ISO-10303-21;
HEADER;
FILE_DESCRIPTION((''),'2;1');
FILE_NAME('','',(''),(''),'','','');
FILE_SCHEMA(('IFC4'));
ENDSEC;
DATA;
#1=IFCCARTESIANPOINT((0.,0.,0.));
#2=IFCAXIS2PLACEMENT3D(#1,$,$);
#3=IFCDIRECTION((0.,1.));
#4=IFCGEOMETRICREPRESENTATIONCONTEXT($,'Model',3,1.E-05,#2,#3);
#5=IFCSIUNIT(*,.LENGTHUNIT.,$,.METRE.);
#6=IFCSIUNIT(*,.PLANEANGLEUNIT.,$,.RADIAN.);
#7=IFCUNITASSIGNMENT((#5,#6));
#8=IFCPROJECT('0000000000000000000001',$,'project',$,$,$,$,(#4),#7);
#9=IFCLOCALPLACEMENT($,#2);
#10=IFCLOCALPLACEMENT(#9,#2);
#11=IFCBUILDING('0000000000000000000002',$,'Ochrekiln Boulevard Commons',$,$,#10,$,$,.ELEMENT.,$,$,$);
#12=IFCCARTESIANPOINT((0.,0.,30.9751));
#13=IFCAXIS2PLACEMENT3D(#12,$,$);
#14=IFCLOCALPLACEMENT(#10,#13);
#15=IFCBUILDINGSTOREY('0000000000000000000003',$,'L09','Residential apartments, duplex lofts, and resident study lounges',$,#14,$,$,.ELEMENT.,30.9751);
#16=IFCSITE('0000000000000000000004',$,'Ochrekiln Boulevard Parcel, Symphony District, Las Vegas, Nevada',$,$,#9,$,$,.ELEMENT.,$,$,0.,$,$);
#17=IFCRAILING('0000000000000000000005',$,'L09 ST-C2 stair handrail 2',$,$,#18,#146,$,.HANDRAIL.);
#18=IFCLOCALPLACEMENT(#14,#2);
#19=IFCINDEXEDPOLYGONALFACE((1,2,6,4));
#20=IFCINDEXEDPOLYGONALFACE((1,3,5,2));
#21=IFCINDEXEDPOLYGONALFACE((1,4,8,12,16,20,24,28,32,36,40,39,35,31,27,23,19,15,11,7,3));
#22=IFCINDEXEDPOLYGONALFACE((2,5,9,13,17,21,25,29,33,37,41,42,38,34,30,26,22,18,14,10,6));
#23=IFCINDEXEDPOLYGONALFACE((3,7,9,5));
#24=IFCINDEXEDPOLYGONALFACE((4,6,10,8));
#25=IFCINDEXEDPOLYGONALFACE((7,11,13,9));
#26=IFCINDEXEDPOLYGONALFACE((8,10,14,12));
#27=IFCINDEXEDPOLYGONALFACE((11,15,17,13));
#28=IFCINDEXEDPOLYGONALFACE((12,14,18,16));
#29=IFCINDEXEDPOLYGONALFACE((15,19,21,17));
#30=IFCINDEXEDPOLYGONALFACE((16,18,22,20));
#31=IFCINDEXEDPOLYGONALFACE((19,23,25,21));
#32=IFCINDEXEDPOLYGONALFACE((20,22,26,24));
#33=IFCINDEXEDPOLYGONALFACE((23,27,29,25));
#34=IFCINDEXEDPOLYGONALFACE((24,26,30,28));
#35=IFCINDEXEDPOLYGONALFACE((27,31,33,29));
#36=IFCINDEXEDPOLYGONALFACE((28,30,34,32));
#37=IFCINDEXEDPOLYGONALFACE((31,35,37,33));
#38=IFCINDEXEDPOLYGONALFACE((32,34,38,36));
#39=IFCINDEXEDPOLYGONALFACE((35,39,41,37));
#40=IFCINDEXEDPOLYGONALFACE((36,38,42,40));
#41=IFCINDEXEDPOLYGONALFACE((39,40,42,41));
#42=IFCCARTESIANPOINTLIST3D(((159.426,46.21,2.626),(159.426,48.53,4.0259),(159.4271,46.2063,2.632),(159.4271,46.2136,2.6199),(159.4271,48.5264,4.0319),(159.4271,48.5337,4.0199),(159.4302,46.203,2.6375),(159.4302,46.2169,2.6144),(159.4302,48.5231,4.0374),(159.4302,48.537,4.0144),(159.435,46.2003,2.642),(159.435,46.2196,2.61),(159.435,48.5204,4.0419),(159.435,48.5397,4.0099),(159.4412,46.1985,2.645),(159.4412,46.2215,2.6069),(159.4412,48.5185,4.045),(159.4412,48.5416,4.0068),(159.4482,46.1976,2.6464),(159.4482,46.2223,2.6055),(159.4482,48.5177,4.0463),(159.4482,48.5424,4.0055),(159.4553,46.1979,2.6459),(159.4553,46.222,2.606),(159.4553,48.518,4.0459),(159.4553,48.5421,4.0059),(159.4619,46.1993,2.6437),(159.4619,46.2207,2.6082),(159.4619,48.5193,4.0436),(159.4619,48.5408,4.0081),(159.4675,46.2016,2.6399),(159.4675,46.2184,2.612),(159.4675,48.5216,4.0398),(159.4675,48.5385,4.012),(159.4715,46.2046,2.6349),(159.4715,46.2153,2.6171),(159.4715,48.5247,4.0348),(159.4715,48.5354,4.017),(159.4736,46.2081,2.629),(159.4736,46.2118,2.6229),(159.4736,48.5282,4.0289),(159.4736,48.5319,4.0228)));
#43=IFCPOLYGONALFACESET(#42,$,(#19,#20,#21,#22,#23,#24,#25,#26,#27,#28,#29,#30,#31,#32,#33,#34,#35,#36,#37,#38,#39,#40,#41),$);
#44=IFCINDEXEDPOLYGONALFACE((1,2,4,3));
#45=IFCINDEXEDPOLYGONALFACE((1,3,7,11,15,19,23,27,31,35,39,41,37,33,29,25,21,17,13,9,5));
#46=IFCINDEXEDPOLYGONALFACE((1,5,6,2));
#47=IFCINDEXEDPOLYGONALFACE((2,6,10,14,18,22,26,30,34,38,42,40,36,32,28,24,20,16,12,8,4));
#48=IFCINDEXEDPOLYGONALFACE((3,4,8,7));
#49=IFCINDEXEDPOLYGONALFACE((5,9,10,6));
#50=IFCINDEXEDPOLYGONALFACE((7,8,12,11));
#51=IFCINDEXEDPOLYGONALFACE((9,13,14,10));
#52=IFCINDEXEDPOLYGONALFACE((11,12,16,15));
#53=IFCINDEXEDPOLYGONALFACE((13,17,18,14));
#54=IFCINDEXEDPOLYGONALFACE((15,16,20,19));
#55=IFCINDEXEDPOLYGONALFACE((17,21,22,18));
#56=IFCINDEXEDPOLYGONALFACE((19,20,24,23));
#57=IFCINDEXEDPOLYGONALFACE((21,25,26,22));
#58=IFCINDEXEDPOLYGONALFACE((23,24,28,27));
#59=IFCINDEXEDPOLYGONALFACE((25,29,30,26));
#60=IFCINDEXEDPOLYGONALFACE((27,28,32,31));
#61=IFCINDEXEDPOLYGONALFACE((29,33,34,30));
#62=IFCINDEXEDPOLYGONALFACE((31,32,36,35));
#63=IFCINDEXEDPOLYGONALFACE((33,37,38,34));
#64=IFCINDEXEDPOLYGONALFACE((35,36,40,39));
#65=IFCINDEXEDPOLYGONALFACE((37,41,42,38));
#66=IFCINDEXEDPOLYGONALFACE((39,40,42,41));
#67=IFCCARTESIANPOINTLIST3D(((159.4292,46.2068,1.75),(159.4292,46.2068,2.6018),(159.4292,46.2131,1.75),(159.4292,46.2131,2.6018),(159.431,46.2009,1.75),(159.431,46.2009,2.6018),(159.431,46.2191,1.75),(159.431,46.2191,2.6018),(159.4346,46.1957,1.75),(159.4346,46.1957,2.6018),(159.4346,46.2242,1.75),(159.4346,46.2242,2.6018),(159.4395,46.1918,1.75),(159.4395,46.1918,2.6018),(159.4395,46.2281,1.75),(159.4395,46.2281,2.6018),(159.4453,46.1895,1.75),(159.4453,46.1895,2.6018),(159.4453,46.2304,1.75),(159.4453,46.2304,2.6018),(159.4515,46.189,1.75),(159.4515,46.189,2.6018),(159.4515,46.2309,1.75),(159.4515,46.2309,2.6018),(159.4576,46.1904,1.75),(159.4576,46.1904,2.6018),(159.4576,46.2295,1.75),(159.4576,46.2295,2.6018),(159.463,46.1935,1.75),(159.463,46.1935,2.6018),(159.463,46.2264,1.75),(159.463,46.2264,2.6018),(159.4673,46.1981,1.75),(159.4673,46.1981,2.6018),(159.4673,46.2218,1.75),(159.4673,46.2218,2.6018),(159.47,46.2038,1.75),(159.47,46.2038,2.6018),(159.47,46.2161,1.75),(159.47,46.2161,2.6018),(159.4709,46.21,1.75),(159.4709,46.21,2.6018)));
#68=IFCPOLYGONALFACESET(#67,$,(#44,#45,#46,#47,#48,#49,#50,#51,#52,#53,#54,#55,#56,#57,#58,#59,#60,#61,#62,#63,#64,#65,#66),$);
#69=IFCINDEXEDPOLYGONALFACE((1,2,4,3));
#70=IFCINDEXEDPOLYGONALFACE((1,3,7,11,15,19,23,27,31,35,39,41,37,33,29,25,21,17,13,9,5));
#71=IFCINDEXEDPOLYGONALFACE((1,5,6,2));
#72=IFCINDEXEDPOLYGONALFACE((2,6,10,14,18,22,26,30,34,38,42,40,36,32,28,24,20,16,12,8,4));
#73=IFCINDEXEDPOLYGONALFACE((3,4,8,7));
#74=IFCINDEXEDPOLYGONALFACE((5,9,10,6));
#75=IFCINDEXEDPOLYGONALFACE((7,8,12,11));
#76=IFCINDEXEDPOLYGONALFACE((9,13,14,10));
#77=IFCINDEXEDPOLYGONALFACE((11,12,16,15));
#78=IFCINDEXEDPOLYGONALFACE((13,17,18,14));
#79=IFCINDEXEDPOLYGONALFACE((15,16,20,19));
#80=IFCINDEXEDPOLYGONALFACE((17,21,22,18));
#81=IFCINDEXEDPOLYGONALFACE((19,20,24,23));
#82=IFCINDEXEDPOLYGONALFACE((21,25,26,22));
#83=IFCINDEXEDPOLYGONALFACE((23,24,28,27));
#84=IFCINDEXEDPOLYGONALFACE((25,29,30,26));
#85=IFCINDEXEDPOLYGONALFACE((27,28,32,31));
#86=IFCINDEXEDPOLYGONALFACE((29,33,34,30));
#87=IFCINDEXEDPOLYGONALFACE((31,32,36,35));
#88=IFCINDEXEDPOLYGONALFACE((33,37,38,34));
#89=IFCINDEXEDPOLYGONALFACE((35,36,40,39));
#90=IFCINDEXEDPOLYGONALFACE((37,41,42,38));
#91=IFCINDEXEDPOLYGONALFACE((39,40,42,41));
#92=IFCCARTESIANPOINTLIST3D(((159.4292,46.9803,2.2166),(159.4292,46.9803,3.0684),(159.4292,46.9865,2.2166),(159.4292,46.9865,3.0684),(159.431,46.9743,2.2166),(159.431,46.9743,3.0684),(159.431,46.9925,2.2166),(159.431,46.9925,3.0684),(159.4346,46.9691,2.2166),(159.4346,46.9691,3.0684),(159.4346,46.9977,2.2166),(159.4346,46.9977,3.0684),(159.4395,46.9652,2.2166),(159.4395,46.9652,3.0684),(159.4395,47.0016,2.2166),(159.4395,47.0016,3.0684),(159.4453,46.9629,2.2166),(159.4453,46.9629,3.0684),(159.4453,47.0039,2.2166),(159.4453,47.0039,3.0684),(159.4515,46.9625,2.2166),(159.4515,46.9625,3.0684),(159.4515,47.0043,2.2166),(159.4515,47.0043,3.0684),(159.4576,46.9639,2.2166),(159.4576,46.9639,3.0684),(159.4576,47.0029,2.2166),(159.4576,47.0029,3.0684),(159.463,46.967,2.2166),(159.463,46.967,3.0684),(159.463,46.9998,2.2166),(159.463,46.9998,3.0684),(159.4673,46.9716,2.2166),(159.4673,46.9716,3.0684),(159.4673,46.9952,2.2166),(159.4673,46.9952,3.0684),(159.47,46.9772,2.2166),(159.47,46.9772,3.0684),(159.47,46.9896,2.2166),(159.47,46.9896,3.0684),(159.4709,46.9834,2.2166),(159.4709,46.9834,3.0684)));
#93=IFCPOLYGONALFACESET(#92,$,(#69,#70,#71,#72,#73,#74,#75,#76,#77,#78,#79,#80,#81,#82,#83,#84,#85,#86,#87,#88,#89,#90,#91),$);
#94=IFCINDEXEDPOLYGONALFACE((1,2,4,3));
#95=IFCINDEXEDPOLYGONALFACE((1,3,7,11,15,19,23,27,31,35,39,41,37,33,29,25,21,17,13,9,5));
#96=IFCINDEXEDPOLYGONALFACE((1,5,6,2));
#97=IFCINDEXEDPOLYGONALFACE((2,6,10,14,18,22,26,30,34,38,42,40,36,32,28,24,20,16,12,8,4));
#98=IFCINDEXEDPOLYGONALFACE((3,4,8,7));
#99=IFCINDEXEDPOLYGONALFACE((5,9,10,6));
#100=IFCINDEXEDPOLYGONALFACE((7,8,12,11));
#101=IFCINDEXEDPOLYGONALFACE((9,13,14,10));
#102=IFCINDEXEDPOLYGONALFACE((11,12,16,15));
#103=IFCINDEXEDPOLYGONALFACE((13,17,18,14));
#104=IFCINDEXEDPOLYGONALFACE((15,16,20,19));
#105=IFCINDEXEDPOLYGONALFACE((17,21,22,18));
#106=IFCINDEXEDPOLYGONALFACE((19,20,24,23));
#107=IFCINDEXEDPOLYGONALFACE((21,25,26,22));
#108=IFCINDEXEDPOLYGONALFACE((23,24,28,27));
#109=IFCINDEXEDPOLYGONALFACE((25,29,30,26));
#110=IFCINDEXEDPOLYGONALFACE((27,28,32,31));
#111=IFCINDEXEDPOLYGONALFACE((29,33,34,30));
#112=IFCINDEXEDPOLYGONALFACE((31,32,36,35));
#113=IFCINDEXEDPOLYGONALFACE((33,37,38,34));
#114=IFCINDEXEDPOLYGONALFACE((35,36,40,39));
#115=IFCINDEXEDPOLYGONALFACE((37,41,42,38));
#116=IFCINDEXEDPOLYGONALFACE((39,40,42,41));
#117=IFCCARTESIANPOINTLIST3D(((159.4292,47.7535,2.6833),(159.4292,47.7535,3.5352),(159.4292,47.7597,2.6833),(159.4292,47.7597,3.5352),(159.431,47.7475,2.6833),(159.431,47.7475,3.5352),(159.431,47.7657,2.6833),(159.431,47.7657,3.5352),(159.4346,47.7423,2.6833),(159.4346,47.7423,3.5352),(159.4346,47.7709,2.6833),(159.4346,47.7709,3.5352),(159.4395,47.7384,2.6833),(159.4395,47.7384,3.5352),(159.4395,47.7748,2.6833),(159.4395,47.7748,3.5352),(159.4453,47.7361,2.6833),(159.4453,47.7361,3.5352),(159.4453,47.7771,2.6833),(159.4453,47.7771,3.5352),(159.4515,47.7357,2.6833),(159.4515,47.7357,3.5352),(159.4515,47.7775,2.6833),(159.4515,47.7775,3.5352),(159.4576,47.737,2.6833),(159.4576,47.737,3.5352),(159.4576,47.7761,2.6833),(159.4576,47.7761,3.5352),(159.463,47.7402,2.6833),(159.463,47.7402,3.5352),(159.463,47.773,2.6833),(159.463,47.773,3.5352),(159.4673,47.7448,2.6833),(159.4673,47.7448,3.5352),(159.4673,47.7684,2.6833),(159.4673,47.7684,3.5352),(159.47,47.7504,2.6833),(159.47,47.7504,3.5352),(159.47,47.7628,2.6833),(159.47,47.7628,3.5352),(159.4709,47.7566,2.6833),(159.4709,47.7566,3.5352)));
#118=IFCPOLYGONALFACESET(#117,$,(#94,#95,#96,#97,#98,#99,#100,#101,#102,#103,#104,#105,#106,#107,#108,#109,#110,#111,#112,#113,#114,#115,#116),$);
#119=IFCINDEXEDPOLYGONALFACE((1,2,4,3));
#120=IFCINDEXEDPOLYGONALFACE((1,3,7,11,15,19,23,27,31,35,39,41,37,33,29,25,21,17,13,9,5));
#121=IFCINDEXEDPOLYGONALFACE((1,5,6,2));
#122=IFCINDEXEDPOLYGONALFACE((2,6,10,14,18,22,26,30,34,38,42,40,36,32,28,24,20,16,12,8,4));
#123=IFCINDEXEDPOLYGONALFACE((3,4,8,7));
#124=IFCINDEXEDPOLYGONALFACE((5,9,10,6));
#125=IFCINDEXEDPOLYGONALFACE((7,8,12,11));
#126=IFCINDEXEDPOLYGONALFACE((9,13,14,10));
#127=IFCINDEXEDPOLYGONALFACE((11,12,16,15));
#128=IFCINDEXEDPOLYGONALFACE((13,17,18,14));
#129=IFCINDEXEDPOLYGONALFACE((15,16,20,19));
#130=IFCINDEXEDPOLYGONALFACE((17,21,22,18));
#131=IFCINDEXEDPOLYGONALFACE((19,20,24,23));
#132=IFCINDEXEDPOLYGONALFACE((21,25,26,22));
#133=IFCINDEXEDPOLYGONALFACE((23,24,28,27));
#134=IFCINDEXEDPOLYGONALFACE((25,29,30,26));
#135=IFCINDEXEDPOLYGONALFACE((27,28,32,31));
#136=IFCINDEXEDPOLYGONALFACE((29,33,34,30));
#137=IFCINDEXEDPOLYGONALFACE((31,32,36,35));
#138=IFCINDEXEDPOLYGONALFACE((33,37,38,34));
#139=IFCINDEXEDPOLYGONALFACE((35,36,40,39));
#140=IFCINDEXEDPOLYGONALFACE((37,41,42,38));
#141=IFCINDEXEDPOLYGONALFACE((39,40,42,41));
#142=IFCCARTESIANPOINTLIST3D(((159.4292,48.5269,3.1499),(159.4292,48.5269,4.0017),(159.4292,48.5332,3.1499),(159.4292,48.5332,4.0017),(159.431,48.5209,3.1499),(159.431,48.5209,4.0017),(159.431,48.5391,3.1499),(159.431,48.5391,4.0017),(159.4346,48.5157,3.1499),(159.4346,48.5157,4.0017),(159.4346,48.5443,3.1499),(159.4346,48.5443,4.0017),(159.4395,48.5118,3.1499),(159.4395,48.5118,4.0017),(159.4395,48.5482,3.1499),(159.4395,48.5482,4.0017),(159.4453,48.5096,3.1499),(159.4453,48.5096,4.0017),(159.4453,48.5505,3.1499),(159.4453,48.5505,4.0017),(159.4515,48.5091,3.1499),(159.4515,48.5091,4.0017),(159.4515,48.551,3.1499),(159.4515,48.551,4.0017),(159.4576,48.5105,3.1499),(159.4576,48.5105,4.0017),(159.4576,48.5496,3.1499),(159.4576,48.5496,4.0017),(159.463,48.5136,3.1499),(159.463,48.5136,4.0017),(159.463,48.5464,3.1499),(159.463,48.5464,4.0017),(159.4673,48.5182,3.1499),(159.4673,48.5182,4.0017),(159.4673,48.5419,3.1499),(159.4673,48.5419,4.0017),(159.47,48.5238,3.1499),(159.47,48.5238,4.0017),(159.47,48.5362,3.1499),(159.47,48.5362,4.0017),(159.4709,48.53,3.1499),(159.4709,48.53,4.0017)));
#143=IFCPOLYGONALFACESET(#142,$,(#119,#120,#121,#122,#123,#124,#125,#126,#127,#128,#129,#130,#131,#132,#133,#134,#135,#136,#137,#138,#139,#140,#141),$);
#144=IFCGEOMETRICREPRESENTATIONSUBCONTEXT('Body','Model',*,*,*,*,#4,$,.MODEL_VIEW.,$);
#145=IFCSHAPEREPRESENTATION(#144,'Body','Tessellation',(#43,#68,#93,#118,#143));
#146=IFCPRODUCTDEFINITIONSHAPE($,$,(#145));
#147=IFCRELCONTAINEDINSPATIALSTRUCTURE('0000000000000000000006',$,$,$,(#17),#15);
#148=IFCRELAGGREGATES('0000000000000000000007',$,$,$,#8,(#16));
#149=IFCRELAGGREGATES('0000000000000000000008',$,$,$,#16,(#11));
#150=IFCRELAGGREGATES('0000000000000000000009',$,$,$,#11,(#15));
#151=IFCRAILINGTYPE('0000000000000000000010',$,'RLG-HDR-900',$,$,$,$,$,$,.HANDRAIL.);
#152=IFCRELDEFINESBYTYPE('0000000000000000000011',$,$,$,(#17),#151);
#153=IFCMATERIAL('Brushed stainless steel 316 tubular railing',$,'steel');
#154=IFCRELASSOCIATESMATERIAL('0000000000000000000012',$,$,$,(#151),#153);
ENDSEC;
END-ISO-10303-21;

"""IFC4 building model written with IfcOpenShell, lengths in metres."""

from ifc_helpers import new_model, si_unit, direction, frame, origin, origin_2d, place, context, subcontext, project, spatial, circle, extrude, material, type_object, element, save


model = new_model("IFC4")

# Units and contexts
model_context = context("Model", 3, precision=1e-05, world=origin(), true_north=direction((0.0, 1.0)))
body_context = subcontext(model_context, "Body", "Model", "MODEL_VIEW")
ifc_project = project(units=[si_unit("LENGTHUNIT", "METRE"), si_unit("PLANEANGLEUNIT", "RADIAN")], contexts=[model_context])

# Site, building, storey
site_placement = place(None, origin())
site = spatial("IfcSite", under=ifc_project, at=site_placement, Name="Ochrekiln Boulevard Parcel, Symphony District, Las Vegas, Nevada", CompositionType="ELEMENT", RefElevation=0.0)
building_placement = place(site_placement, origin())
building = spatial("IfcBuilding", under=site, at=building_placement, Name="Ochrekiln Boulevard Commons", CompositionType="ELEMENT")
storey_placement = place(building_placement, frame((0.0, 0.0, 30.9751)))
storey = spatial("IfcBuildingStorey", under=building, at=storey_placement, Name="L09", Description="Residential apartments, duplex lofts, and resident study lounges", CompositionType="ELEMENT", Elevation=30.9751)

# Railing
ifc_material_1 = material(Name="Brushed stainless steel 316 tubular railing", Category="steel")
railing_type_1 = type_object("IfcRailingType", Name="RLG-HDR-900", PredefinedType="HANDRAIL", material=ifc_material_1)
railing_1_placement = place(storey_placement, frame((159.45, 46.21, 1.75)))
element("IfcRailing", 1, at=railing_1_placement, inside=storey, type_object=railing_type_1, Name="L09 ST-C2 stair handrail 2", PredefinedType="HANDRAIL", context=body_context, shape_type="SweptSolid", body=[
    extrude(circle(Radius=0.0239, at=origin_2d()), frame((0.0, 0.0, 0.876), z_axis=(0.0, 0.85621, 0.516627), x_axis=(-1.0, 0.0, 0.0)), (0.0, 0.0, 1.0), 2.7097),
    extrude(circle(Radius=0.021, at=origin_2d()), origin(), (0.0, 0.0, 1.0), 0.8518),
    extrude(circle(Radius=0.021, at=origin_2d()), frame((0.0, 0.7734, 0.4666)), (0.0, 0.0, 1.0), 0.8518),
    extrude(circle(Radius=0.021, at=origin_2d()), frame((0.0, 1.5466, 0.9333)), (0.0, 0.0, 1.0), 0.8518),
    extrude(circle(Radius=0.021, at=origin_2d()), frame((0.0, 2.3201, 1.3999)), (0.0, 0.0, 1.0), 0.8518),
])

save(model, "model.ifc")
